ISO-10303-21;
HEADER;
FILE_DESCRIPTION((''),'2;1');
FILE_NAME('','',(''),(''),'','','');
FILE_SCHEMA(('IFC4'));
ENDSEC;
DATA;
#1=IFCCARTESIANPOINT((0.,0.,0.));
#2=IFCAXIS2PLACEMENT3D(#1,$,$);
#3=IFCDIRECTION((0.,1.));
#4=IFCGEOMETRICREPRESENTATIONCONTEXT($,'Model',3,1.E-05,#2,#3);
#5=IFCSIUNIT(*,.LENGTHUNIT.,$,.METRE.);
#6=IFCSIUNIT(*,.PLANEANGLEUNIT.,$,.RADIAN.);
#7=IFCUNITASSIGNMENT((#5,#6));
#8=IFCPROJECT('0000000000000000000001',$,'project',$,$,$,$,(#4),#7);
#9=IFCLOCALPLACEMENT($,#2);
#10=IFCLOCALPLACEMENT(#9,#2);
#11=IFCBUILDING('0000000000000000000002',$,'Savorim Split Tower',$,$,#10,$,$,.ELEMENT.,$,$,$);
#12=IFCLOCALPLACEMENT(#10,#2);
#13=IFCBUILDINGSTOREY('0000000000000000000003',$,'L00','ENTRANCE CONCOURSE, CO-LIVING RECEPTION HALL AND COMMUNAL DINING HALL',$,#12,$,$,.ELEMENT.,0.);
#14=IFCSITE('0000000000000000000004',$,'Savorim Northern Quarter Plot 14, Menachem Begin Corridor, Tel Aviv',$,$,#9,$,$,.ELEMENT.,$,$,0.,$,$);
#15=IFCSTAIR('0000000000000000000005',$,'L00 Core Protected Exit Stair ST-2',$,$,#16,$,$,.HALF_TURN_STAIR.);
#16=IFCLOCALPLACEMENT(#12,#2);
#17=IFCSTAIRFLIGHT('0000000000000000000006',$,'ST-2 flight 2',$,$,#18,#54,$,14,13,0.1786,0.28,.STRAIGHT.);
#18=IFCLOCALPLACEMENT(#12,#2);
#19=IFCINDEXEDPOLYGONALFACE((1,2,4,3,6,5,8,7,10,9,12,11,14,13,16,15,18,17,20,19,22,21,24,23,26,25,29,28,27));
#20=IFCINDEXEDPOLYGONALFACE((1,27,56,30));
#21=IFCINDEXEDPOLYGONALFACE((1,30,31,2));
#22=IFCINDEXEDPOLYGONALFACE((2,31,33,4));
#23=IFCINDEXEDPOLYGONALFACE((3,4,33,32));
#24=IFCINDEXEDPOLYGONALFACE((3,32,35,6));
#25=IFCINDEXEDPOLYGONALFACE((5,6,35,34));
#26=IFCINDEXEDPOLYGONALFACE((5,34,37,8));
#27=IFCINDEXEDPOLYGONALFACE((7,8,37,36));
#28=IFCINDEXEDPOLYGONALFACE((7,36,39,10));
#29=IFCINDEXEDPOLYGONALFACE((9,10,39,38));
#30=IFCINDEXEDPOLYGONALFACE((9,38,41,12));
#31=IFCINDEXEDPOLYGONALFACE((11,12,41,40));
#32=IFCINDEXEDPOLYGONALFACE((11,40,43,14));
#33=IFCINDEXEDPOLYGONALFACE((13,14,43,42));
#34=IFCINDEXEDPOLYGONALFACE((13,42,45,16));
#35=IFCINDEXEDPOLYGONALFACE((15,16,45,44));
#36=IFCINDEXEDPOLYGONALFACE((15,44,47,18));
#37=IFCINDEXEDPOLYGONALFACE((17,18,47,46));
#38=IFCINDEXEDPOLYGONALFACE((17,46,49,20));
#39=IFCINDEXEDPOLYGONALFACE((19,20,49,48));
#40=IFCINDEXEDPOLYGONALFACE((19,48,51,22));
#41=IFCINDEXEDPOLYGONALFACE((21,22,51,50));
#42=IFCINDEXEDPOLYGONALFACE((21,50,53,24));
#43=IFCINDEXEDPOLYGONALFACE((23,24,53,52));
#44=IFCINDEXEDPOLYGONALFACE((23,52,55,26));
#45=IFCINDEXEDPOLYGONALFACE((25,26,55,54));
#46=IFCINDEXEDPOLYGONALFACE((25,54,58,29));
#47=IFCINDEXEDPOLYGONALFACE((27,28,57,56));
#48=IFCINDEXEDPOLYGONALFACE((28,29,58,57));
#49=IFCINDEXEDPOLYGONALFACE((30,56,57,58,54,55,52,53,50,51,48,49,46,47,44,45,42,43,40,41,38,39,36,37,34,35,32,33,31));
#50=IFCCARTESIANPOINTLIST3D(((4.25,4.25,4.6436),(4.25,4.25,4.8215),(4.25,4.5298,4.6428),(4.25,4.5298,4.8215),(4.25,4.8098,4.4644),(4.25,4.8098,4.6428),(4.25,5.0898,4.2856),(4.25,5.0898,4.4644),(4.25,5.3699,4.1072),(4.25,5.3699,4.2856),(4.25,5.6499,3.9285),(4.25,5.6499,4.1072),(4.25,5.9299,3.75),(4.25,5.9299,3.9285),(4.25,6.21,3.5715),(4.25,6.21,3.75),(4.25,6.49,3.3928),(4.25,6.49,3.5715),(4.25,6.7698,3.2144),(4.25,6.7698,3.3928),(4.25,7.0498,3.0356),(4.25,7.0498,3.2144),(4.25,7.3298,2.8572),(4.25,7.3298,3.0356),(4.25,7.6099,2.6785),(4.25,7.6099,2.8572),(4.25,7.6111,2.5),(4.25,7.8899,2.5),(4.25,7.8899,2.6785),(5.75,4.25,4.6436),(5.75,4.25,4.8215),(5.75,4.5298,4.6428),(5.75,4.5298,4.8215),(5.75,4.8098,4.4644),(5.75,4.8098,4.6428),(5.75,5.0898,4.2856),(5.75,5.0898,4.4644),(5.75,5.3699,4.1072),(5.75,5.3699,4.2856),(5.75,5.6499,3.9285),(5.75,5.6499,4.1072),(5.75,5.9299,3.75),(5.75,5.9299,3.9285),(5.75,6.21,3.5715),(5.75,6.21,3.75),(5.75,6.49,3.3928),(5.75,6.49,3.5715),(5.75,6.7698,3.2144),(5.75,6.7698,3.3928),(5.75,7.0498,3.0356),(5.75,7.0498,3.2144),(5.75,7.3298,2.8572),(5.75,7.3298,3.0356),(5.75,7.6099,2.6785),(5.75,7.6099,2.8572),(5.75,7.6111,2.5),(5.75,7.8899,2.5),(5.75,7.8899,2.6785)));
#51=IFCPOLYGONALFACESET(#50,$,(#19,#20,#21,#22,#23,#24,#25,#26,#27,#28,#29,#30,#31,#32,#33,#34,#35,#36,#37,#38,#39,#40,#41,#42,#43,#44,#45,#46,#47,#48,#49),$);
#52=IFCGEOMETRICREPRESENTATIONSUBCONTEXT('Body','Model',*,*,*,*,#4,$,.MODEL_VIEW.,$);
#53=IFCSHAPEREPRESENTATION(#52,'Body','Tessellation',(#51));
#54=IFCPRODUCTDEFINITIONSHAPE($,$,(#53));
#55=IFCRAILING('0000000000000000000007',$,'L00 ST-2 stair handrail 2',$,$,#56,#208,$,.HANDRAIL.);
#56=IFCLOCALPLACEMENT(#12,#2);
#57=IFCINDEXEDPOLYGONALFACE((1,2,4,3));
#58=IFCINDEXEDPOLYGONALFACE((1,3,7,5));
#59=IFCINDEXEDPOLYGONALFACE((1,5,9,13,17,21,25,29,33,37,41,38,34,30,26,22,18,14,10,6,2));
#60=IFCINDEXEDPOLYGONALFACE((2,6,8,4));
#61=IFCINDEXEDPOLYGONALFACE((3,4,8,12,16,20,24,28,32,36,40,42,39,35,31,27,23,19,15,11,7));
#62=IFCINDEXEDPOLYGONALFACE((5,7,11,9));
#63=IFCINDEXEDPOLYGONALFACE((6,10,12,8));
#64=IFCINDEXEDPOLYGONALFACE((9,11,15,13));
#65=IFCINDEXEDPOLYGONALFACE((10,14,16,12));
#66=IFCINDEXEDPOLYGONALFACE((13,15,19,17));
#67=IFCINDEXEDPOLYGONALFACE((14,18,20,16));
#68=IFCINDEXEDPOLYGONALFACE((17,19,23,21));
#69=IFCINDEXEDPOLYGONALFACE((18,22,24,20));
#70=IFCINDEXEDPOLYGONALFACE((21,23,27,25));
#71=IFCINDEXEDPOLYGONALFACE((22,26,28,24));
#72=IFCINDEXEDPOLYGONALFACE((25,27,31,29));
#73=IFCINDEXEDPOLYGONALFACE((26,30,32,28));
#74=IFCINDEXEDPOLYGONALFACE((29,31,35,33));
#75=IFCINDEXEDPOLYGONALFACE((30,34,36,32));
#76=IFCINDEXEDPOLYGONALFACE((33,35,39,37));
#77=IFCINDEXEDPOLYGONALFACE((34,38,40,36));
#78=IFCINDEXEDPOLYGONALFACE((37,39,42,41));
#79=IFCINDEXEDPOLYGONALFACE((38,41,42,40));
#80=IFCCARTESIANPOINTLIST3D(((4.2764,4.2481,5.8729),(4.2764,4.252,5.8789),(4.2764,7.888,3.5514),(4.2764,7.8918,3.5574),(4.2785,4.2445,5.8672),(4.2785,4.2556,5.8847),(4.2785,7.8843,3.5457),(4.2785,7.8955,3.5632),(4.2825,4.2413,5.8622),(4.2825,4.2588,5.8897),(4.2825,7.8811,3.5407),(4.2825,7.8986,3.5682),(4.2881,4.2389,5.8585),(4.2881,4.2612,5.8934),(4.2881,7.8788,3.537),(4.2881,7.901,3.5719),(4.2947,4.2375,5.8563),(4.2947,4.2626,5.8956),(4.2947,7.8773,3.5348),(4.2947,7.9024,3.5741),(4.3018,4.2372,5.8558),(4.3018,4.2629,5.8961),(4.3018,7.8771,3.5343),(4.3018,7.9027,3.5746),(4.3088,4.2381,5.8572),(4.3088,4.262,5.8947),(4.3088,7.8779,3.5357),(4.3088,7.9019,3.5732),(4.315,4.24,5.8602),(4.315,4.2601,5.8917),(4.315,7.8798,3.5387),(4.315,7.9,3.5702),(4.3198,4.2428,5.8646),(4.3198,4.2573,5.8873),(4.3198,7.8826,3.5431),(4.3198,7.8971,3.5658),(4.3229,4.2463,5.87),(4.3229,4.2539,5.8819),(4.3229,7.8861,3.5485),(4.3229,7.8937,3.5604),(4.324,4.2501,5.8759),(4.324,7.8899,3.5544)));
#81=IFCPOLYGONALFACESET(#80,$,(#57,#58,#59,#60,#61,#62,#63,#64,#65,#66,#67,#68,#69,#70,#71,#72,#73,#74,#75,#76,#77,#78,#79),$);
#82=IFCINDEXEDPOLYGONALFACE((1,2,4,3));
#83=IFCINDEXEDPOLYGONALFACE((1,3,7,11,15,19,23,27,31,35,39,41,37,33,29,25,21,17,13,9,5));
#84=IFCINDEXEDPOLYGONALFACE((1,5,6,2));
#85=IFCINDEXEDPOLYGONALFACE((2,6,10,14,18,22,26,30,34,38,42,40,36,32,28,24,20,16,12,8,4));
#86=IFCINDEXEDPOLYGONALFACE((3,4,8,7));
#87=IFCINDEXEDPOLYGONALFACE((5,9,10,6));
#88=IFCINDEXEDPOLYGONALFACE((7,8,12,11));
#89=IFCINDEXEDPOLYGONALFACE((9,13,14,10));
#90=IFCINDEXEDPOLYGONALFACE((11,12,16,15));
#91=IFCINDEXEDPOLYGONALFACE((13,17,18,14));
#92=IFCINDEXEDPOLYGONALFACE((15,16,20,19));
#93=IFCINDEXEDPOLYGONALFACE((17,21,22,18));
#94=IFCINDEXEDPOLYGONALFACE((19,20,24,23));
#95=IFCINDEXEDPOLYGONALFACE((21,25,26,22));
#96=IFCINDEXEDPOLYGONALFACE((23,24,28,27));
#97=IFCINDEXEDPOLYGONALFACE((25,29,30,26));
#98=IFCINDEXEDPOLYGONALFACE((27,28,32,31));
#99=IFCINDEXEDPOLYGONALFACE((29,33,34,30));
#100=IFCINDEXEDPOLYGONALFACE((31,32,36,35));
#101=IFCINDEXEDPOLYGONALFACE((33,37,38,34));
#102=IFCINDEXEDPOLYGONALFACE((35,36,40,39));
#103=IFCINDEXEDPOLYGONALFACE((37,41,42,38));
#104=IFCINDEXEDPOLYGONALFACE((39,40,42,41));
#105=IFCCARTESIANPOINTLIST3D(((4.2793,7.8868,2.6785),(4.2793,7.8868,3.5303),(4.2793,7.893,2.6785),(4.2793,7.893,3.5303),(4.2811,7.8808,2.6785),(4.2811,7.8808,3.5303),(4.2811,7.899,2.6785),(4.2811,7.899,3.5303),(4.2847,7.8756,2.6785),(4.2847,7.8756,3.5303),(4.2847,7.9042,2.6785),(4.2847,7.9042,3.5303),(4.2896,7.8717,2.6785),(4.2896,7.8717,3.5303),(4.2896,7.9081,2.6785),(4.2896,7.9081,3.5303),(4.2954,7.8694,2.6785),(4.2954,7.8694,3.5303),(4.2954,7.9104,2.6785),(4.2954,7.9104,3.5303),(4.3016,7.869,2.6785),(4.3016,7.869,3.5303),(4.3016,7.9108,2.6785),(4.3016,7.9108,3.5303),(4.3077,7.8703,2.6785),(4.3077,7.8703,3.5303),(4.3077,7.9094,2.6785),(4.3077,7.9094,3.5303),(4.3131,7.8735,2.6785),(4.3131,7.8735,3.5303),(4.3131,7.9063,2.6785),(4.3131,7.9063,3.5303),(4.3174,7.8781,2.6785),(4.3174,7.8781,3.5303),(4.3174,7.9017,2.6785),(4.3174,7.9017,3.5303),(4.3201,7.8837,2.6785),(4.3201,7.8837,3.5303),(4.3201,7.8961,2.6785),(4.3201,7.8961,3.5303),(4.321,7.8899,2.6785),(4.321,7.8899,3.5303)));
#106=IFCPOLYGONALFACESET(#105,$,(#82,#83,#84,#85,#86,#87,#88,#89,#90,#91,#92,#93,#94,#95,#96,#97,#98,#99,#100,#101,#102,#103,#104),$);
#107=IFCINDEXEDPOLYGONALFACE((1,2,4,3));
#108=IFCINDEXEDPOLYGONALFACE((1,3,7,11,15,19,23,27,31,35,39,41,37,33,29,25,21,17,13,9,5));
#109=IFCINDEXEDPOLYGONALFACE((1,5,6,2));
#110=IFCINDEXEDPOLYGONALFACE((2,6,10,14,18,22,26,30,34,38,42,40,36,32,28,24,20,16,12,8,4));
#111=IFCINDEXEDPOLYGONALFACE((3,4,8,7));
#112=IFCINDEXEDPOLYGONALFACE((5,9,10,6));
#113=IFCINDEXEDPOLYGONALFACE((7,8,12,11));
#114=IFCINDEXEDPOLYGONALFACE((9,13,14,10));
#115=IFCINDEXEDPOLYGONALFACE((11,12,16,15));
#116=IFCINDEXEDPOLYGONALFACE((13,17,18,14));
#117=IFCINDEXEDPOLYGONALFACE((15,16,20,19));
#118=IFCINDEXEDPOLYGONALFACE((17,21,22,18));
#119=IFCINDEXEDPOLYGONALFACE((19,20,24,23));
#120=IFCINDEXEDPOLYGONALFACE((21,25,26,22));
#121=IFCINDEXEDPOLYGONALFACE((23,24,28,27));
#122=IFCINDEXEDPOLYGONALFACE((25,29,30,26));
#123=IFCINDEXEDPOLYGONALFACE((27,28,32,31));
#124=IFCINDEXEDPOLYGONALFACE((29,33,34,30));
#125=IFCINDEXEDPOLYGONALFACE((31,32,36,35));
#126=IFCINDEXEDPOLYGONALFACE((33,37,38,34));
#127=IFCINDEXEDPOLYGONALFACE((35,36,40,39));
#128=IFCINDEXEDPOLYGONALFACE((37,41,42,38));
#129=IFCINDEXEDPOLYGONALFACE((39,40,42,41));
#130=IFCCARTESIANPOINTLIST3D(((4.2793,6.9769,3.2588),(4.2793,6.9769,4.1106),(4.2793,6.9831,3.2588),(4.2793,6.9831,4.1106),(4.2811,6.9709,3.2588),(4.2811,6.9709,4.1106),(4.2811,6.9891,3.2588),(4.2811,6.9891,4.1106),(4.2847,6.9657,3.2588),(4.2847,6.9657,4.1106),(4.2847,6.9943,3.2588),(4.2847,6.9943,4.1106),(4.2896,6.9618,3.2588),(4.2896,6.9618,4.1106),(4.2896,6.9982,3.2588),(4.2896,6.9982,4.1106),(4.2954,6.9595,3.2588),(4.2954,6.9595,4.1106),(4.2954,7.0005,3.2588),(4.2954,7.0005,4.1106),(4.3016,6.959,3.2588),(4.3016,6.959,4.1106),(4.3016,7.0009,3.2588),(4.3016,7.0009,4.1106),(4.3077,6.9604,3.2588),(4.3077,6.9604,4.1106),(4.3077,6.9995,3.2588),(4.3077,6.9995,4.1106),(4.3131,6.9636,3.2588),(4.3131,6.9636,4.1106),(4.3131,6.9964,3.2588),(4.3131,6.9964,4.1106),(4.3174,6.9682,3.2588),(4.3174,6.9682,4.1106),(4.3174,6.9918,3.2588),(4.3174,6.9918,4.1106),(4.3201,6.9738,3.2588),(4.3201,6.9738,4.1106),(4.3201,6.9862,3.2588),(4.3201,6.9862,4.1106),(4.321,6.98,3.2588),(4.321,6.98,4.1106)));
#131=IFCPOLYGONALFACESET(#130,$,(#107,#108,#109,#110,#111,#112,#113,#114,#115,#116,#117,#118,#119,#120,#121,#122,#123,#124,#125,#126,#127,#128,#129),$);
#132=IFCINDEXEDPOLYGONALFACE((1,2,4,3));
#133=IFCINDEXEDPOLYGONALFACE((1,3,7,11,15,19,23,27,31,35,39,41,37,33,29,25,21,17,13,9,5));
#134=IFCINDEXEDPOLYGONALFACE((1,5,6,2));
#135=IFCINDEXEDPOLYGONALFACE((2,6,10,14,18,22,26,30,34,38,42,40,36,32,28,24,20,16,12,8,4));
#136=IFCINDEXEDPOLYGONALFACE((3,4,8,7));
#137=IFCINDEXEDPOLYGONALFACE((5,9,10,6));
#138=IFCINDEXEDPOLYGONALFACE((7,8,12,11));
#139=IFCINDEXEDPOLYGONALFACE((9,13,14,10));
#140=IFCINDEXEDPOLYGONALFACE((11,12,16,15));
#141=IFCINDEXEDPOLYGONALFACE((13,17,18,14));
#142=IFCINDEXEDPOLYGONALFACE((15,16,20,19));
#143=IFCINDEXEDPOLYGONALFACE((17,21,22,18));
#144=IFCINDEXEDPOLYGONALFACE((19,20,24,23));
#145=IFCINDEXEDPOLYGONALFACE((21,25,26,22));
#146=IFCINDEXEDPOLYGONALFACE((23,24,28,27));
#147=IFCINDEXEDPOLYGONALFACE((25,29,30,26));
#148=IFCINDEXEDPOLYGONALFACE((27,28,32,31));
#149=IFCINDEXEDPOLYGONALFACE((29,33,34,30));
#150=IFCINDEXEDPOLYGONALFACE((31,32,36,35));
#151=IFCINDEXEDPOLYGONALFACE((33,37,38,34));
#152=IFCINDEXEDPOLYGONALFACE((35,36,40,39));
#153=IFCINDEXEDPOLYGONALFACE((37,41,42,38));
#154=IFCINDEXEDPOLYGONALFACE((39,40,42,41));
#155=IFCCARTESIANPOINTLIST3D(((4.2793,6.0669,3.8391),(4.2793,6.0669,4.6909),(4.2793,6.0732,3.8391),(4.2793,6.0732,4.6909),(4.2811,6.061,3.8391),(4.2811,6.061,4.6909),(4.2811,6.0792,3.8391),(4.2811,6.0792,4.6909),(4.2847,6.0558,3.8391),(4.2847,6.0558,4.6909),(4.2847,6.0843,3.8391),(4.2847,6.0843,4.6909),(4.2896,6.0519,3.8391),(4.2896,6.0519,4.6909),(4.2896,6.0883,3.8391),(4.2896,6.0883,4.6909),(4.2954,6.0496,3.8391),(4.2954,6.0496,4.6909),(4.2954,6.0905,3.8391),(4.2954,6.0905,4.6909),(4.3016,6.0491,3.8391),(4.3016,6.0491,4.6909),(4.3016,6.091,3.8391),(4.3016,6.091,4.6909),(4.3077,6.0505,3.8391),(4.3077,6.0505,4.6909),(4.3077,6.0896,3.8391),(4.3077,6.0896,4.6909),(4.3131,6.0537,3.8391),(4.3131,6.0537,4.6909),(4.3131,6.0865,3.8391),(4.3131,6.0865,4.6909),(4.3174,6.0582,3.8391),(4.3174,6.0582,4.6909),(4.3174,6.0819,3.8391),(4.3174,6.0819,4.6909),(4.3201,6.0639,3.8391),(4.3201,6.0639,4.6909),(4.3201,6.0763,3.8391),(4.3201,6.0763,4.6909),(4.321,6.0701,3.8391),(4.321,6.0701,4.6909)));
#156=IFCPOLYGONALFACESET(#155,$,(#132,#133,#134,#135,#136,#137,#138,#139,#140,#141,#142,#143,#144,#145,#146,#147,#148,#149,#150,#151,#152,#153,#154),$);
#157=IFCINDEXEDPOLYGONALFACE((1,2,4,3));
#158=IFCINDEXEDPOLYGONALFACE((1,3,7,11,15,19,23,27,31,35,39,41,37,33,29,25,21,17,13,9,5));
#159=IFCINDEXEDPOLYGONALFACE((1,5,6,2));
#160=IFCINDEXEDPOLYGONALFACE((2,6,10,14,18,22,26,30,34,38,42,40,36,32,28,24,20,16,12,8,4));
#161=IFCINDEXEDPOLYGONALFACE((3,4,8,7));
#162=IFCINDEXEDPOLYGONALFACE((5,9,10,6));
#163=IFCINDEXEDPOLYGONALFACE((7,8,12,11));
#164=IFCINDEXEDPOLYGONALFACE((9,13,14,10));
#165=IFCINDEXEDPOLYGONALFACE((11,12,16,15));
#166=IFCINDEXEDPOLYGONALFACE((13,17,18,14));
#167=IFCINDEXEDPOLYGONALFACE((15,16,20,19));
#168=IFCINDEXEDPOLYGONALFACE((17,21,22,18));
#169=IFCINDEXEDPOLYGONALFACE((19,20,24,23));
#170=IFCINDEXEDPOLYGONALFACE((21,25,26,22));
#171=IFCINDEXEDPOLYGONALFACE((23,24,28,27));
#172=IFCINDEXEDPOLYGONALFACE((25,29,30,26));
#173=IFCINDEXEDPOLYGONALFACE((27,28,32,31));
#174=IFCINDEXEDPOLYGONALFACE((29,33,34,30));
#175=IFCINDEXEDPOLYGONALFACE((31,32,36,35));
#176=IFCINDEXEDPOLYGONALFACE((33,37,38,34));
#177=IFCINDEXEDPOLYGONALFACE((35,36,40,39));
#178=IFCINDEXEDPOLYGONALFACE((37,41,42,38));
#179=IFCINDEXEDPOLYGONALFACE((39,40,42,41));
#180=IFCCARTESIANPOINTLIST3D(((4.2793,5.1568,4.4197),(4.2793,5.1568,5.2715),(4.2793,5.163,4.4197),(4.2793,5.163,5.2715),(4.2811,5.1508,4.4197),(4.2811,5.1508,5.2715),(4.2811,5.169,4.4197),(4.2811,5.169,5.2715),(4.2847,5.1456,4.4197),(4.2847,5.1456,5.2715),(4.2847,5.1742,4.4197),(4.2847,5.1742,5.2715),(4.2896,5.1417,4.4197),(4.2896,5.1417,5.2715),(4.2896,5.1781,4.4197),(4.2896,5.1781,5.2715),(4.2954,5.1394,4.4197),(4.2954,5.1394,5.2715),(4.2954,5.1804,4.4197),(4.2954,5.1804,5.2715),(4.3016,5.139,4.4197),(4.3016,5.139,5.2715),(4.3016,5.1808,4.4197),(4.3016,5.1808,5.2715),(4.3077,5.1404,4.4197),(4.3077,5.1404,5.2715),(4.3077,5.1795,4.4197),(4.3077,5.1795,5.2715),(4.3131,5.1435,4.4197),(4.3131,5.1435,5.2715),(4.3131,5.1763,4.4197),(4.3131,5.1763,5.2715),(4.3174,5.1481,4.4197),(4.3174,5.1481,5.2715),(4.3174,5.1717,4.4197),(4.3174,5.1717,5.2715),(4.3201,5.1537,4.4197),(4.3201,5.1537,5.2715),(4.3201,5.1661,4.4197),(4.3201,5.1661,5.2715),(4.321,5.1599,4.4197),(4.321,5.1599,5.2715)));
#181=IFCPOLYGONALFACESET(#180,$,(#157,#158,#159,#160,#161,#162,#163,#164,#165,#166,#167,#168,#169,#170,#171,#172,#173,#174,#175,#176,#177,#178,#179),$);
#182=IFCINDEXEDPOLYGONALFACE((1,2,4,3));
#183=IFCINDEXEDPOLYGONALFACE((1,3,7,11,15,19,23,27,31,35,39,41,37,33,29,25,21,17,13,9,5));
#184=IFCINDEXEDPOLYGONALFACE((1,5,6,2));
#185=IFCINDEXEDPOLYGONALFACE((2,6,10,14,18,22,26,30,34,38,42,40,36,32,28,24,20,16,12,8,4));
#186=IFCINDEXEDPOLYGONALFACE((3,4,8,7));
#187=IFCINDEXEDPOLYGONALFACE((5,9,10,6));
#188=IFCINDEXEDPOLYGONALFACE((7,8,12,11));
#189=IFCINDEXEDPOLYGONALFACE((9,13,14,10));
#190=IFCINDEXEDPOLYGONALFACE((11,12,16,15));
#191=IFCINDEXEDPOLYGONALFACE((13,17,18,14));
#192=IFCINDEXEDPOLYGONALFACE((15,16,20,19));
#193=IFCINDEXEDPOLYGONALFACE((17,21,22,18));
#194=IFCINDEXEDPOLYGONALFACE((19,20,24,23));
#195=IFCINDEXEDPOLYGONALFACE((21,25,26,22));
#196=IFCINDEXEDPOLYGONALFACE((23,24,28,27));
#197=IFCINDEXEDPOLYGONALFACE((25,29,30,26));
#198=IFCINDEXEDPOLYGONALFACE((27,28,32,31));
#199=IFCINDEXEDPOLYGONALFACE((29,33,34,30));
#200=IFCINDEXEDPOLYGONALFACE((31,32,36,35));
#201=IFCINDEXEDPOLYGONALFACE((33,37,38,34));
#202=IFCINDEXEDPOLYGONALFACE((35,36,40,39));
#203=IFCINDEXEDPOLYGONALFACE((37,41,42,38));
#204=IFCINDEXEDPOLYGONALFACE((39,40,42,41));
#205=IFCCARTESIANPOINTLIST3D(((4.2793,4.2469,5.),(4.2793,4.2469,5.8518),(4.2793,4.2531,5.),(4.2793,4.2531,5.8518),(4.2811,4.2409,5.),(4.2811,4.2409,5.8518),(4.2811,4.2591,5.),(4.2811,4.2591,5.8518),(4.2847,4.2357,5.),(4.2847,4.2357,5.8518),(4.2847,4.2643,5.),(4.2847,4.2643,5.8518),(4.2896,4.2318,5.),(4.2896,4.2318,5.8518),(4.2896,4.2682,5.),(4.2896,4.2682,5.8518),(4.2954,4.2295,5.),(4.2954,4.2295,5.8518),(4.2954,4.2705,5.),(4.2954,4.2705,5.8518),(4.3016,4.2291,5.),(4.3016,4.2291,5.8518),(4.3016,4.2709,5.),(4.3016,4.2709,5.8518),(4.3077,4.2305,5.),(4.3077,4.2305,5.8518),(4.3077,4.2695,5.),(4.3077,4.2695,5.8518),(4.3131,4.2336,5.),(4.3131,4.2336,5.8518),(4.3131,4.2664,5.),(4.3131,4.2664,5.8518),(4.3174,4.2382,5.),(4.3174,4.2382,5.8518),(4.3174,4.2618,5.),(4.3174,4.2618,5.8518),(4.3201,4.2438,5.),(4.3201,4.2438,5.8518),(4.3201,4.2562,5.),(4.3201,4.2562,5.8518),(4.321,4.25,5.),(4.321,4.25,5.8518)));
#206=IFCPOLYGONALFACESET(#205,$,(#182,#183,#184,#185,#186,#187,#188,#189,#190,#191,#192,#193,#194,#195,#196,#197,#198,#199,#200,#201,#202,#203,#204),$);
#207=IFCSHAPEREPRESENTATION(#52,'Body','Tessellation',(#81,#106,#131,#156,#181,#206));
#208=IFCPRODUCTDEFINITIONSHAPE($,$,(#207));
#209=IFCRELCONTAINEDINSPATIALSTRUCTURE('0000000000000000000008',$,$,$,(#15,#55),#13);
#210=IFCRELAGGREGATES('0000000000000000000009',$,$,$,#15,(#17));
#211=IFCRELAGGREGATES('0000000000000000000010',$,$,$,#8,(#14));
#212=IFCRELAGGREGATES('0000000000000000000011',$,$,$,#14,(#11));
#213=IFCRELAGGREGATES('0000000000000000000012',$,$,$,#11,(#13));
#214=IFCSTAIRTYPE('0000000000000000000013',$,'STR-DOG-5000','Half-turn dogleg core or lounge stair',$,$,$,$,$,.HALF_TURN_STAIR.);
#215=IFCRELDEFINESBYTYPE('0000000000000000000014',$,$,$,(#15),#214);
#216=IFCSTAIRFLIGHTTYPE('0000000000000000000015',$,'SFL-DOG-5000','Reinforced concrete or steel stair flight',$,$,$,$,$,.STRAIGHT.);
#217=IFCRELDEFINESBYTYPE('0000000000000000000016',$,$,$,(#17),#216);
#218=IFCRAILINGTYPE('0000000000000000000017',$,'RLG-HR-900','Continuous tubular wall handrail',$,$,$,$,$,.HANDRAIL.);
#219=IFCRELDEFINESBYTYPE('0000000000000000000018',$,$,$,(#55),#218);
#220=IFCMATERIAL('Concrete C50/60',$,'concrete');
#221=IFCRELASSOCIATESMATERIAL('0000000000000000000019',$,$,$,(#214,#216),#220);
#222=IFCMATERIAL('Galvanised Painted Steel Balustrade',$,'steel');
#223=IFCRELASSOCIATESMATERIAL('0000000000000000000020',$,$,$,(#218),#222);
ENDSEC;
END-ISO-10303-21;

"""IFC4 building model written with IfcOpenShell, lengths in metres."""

from ifc_helpers import new_model, si_unit, direction, frame, origin, origin_2d, place, context, subcontext, project, spatial, polyline, circle, outline, extrude, material, type_object, element, aggregate, save


model = new_model("IFC4")

# Units and contexts
model_context = context("Model", 3, precision=1e-05, world=origin(), true_north=direction((0.0, 1.0)))
body_context = subcontext(model_context, "Body", "Model", "MODEL_VIEW")
ifc_project = project(units=[si_unit("LENGTHUNIT", "METRE"), si_unit("PLANEANGLEUNIT", "RADIAN")], contexts=[model_context])

# Site, building, storey
site_placement = place(None, origin())
site = spatial("IfcSite", under=ifc_project, at=site_placement, Name="Savorim Northern Quarter Plot 14, Menachem Begin Corridor, Tel Aviv", CompositionType="ELEMENT", RefElevation=0.0)
building_placement = place(site_placement, origin())
building = spatial("IfcBuilding", under=site, at=building_placement, Name="Savorim Split Tower", CompositionType="ELEMENT")
storey_placement = place(building_placement, origin())
storey = spatial("IfcBuildingStorey", under=building, at=storey_placement, Name="L00", Description="ENTRANCE CONCOURSE, CO-LIVING RECEPTION HALL AND COMMUNAL DINING HALL", CompositionType="ELEMENT", Elevation=0.0)

# Shared definitions
ifc_material_1 = material(Name="Concrete C50/60", Category="concrete")

# Stair, stair flight
stair_type = type_object("IfcStairType", Name="STR-DOG-5000", Description="Half-turn dogleg core or lounge stair", PredefinedType="HALF_TURN_STAIR", material=ifc_material_1)
stair_placement = place(storey_placement, origin())
stair = element("IfcStair", 1, at=stair_placement, inside=storey, type_object=stair_type, Name="L00 Core Protected Exit Stair ST-2", PredefinedType="HALF_TURN_STAIR")
stair_flight_type = type_object("IfcStairFlightType", Name="SFL-DOG-5000", Description="Reinforced concrete or steel stair flight", PredefinedType="STRAIGHT", material=ifc_material_1)
stair_flight_placement = place(storey_placement, frame((5.0, 7.8899, 2.5), z_axis=(0.0, 0.0, 1.0), x_axis=(0.0, -1.0, 0.0)))
stair_flight = element("IfcStairFlight", 2, at=stair_flight_placement, type_object=stair_flight_type, Name="ST-2 flight 2", NumberOfRisers=14, NumberOfTreads=13, PredefinedType="STRAIGHT", RiserHeight=0.1786, TreadLength=0.28, context=body_context, shape_type="SweptSolid", body=[
    extrude(outline(polyline([(0.0, 0.0), (0.0, 0.1785), (0.28, 0.1785), (0.28, 0.3572), (0.5601, 0.3572), (0.5601, 0.5356), (0.8401, 0.5356), (0.8401, 0.7144), (1.1201, 0.7144), (1.1201, 0.8928), (1.3999, 0.8928), (1.3999, 1.0715), (1.6799, 1.0715), (1.6799, 1.25), (1.96, 1.25), (1.96, 1.4285), (2.24, 1.4285), (2.24, 1.6072), (2.52, 1.6072), (2.52, 1.7856), (2.8, 1.7856), (2.8, 1.9644), (3.0801, 1.9644), (3.0801, 2.1428), (3.3601, 2.1428), (3.3601, 2.3215), (3.6399, 2.3215), (3.6399, 2.5), (3.6399, 2.1436), (0.2788, 0.0), (0.0, 0.0)])), frame((0.0, 0.75, 0.0), z_axis=(0.0, -1.0, 0.0), x_axis=(1.0, 0.0, 0.0)), (0.0, 0.0, 1.0), 1.5),
])
aggregate(stair, [stair_flight])

# Railing
ifc_material_2 = material(Name="Galvanised Painted Steel Balustrade", Category="steel")
railing_type_1 = type_object("IfcRailingType", Name="RLG-HR-900", Description="Continuous tubular wall handrail", PredefinedType="HANDRAIL", material=ifc_material_2)
railing_1_placement = place(storey_placement, frame((4.3, 7.8899, 2.6785)))
element("IfcRailing", 3, at=railing_1_placement, inside=storey, type_object=railing_type_1, Name="L00 ST-2 stair handrail 2", PredefinedType="HANDRAIL", context=body_context, shape_type="SweptSolid", body=[
    extrude(circle(Radius=0.0239, at=origin_2d()), frame((0.0, 0.0, 0.876), z_axis=(0.0, -0.843112, 0.537739), x_axis=(1.0, 0.0, 0.0)), (0.0, 0.0, 1.0), 4.3171),
    extrude(circle(Radius=0.021, at=origin_2d()), origin(), (0.0, 0.0, 1.0), 0.8518),
    extrude(circle(Radius=0.021, at=origin_2d()), frame((0.0, -0.9099, 0.5803)), (0.0, 0.0, 1.0), 0.8518),
    extrude(circle(Radius=0.021, at=origin_2d()), frame((0.0, -1.8198, 1.1606)), (0.0, 0.0, 1.0), 0.8518),
    extrude(circle(Radius=0.021, at=origin_2d()), frame((0.0, -2.73, 1.7412)), (0.0, 0.0, 1.0), 0.8518),
    extrude(circle(Radius=0.021, at=origin_2d()), frame((0.0, -3.6399, 2.3215)), (0.0, 0.0, 1.0), 0.8518),
])

save(model, "model.ifc")
